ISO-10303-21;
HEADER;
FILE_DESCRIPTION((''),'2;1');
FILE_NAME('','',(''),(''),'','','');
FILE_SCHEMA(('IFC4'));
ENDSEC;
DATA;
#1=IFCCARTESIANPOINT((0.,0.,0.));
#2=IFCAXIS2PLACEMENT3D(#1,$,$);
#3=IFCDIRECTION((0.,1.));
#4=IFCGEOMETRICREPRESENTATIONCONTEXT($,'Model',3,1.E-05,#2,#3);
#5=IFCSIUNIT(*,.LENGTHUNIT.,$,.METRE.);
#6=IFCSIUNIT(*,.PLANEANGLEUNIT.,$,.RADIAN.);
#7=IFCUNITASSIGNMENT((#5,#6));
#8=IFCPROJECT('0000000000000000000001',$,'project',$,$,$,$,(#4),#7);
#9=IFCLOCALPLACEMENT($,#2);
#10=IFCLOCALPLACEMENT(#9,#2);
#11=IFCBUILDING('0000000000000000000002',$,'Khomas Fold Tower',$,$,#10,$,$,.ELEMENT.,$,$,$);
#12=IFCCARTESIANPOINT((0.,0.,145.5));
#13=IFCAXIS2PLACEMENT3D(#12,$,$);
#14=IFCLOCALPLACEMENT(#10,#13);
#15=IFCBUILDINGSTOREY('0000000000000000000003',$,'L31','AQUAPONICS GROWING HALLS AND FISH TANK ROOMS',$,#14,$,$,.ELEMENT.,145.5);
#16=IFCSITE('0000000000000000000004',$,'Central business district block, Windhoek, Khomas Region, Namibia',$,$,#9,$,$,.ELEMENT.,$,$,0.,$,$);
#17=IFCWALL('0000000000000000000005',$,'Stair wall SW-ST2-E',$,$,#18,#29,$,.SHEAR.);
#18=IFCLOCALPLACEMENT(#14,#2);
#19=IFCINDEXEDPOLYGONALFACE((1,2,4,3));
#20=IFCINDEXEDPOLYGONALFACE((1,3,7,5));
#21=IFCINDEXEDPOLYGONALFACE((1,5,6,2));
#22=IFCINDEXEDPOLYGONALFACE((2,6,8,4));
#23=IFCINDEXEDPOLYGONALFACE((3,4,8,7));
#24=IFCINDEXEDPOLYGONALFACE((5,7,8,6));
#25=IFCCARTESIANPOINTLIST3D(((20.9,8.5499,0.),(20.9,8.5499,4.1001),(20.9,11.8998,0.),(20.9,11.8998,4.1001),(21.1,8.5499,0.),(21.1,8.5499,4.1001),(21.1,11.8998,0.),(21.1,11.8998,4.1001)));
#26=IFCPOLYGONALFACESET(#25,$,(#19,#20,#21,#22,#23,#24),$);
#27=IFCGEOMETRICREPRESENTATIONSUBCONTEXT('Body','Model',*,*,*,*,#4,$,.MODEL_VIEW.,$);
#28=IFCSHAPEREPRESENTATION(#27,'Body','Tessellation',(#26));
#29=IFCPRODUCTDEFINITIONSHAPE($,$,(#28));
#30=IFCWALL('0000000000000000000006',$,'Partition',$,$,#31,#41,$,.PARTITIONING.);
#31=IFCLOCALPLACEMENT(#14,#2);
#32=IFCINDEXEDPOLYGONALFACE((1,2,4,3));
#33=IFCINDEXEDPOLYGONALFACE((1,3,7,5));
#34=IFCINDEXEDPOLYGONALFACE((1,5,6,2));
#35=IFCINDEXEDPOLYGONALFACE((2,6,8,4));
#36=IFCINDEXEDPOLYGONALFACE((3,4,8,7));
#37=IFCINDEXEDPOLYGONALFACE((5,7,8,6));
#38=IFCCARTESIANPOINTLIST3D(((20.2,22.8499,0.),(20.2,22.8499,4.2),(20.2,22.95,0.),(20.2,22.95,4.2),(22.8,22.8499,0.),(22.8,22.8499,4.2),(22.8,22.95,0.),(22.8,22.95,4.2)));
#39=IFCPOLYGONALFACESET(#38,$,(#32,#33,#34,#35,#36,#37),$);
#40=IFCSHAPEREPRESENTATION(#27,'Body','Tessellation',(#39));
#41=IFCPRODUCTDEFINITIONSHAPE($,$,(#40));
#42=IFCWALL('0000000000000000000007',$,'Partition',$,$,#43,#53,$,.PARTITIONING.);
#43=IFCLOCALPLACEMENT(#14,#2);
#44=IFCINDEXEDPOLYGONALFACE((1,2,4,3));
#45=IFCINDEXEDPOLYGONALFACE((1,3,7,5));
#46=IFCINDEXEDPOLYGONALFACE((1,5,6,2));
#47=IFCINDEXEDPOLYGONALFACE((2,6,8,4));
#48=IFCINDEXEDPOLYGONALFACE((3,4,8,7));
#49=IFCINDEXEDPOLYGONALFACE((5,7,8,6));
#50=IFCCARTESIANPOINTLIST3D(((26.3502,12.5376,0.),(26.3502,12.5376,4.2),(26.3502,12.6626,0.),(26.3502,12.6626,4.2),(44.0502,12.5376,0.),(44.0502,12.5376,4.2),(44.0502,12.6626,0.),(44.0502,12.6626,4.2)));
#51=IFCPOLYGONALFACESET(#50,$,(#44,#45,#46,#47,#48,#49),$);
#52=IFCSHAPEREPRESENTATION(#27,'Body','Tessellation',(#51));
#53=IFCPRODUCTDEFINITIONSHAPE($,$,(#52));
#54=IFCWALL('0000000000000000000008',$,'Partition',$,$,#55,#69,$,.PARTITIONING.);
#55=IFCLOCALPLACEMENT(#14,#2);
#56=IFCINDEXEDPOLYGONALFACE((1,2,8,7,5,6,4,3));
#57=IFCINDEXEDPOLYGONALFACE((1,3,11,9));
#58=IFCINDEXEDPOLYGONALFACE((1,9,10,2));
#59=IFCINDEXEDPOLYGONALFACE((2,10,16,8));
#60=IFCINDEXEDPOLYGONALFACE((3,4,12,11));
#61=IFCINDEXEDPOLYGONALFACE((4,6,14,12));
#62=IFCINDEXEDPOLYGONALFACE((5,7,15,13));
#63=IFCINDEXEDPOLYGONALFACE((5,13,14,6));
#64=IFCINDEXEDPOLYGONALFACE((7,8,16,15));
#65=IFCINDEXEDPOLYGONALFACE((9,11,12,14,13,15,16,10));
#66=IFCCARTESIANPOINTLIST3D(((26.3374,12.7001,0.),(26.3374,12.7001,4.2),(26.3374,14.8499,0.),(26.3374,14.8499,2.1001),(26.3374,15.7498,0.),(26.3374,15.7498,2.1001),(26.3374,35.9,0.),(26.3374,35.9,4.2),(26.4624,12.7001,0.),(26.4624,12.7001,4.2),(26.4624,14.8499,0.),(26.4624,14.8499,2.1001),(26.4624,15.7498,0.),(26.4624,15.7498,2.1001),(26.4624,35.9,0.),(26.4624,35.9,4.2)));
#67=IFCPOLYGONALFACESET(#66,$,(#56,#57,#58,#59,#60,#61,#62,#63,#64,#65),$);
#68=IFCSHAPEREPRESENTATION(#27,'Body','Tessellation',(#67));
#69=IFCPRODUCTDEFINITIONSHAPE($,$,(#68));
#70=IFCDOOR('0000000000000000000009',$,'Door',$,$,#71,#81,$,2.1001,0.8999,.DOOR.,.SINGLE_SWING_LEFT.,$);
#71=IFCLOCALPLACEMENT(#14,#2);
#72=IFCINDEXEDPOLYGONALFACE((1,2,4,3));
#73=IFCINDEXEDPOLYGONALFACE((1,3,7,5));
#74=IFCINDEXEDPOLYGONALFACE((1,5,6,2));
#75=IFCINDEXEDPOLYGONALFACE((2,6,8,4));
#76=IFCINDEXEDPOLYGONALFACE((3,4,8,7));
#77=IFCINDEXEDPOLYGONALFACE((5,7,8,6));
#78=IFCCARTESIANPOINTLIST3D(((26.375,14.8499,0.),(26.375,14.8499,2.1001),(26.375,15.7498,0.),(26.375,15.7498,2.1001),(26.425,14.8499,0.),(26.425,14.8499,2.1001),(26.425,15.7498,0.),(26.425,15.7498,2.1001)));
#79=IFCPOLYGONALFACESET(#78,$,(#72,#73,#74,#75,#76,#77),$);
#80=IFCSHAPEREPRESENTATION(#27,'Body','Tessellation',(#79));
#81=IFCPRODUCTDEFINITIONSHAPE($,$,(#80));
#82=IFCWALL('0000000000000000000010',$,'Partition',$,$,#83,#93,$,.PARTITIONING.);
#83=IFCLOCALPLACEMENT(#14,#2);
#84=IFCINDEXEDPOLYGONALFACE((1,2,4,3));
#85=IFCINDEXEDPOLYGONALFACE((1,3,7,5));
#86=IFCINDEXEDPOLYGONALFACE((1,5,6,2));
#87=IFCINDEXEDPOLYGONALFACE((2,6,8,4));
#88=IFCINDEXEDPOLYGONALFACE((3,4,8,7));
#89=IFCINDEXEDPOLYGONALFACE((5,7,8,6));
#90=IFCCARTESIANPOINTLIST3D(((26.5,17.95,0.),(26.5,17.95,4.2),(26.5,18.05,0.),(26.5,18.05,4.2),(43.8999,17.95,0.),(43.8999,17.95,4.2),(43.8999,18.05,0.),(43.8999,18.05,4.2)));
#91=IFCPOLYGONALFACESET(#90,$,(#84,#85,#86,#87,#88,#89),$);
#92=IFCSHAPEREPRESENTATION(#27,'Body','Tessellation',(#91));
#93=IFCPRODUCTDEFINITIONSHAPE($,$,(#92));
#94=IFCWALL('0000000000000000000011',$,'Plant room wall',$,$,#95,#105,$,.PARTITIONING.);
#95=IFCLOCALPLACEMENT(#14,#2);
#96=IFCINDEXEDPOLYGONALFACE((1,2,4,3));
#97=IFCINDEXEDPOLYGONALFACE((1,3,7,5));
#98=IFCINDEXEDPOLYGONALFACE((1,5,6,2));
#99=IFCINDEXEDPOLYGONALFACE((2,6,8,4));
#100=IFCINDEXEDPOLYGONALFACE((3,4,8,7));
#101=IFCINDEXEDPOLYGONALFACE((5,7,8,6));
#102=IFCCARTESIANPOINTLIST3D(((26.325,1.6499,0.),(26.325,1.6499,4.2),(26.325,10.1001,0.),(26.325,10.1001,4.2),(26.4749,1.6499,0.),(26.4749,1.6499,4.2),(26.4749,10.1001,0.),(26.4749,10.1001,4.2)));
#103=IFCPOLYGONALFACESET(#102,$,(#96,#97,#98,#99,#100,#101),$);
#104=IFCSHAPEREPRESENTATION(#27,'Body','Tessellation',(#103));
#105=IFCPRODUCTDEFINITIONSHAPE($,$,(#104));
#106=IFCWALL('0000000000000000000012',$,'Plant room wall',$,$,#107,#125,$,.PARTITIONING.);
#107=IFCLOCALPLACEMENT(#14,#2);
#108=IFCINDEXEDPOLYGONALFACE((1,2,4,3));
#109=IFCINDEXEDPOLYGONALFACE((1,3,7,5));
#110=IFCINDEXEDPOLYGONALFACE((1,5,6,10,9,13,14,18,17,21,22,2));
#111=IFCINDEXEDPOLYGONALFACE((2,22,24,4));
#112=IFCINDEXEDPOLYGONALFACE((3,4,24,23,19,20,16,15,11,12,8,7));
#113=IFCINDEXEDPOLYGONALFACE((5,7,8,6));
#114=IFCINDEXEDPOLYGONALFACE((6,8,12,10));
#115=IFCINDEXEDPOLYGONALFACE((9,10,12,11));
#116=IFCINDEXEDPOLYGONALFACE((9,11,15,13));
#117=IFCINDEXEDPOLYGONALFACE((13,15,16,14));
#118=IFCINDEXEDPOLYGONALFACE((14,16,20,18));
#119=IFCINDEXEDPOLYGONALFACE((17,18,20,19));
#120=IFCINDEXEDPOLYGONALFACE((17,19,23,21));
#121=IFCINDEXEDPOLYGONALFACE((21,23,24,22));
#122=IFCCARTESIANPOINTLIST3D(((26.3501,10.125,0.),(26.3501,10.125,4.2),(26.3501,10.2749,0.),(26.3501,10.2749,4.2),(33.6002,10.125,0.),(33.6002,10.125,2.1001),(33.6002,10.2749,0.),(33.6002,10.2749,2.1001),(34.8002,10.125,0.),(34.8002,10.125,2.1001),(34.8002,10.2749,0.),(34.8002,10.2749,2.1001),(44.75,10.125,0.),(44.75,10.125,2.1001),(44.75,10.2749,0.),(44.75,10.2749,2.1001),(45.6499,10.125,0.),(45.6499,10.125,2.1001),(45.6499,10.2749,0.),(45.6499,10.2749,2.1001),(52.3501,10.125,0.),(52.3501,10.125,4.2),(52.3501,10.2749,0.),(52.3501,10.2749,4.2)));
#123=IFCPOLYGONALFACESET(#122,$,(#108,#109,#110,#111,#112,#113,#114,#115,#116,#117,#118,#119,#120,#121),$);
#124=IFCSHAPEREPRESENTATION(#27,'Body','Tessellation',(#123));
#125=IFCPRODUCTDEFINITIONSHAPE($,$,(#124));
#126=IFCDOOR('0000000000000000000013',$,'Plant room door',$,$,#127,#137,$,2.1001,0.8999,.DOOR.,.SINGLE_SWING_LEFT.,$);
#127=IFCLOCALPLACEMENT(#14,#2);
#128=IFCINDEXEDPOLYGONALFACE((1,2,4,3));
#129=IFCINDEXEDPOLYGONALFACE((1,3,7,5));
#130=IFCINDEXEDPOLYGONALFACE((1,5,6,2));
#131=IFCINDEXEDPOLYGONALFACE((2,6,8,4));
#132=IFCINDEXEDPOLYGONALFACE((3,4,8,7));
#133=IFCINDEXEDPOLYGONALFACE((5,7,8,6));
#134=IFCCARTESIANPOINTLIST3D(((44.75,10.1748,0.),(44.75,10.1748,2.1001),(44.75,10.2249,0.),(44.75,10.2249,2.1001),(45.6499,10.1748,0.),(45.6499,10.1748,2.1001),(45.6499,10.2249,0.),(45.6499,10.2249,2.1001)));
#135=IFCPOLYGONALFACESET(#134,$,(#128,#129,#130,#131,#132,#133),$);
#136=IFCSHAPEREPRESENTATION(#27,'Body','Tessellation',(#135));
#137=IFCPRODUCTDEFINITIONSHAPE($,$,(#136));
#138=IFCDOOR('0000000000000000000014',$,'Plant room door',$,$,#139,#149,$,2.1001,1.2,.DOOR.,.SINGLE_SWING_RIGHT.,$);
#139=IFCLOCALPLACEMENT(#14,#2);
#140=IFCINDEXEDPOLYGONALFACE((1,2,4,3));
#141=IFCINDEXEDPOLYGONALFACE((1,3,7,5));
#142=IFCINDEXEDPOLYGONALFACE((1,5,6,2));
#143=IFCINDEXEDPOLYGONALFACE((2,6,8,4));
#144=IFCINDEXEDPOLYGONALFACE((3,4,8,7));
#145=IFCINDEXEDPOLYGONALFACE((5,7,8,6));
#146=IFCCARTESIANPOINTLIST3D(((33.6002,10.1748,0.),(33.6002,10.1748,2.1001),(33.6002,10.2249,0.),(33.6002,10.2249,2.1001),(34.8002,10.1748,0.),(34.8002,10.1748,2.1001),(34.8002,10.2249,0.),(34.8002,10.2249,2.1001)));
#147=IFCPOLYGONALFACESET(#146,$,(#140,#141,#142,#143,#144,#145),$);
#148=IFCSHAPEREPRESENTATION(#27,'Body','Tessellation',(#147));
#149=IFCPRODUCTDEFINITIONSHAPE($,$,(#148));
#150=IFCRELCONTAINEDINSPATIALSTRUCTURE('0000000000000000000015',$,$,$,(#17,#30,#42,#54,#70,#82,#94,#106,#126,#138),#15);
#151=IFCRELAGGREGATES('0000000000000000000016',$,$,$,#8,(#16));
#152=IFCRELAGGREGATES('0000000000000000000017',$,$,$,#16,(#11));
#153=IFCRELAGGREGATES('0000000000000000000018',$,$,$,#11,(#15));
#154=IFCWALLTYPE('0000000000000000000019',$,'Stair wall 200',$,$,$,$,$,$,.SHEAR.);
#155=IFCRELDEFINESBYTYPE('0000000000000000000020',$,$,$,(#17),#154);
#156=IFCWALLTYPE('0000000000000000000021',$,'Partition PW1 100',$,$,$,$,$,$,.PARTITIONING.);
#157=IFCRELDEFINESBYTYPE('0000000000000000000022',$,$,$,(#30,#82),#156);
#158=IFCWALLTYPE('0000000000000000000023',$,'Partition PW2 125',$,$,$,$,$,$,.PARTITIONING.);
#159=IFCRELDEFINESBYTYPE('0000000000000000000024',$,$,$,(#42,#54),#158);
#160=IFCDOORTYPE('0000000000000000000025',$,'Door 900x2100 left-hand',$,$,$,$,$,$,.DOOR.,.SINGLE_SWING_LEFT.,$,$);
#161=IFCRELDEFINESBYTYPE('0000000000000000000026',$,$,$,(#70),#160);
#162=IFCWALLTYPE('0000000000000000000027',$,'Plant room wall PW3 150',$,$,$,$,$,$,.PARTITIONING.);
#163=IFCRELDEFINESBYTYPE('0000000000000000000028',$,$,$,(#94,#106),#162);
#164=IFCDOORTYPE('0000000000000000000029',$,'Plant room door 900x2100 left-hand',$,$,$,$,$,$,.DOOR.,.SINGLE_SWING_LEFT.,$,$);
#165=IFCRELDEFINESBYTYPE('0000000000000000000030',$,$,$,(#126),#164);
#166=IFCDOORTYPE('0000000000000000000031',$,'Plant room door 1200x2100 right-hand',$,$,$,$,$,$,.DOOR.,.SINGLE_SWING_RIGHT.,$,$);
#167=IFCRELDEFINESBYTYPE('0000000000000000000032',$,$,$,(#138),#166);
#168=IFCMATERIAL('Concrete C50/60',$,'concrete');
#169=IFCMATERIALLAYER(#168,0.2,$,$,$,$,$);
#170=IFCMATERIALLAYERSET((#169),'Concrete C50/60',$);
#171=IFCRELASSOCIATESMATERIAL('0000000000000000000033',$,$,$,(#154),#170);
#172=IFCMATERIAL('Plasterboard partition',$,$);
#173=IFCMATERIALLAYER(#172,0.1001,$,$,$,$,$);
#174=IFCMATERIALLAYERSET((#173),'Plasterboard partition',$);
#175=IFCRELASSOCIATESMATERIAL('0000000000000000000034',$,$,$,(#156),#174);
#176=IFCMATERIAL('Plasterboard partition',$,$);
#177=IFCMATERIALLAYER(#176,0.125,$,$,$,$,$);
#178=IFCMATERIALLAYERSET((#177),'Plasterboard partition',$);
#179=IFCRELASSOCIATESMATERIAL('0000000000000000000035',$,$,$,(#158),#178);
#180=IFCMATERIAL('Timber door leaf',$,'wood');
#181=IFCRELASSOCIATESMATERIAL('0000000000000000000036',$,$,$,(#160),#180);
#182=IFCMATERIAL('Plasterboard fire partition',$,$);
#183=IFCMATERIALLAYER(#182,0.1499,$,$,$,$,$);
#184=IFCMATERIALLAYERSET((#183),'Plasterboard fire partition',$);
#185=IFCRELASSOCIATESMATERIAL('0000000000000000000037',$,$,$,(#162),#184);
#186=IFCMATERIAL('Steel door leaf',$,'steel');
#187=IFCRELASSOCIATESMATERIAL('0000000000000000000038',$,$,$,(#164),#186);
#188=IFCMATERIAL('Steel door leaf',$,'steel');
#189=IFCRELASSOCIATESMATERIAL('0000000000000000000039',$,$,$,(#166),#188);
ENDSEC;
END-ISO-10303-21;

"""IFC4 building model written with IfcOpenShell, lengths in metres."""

from ifc_helpers import new_model, si_unit, direction, frame, frame_2d, origin, place, context, subcontext, project, spatial, rectangle, extrude, source, transform, mapped, material, layer, layer_set, type_object, element, fill, save


model = new_model("IFC4")

# Units and contexts
model_context = context("Model", 3, precision=1e-05, world=origin(), true_north=direction((0.0, 1.0)))
body_context = subcontext(model_context, "Body", "Model", "MODEL_VIEW")
ifc_project = project(units=[si_unit("LENGTHUNIT", "METRE"), si_unit("PLANEANGLEUNIT", "RADIAN")], contexts=[model_context])

# Site, building, storey
site_placement = place(None, origin())
site = spatial("IfcSite", under=ifc_project, at=site_placement, Name="Central business district block, Windhoek, Khomas Region, Namibia", CompositionType="ELEMENT", RefElevation=0.0)
building_placement = place(site_placement, origin())
building = spatial("IfcBuilding", under=site, at=building_placement, Name="Khomas Fold Tower", CompositionType="ELEMENT")
storey_placement = place(building_placement, frame((0.0, 0.0, 145.5)))
storey = spatial("IfcBuildingStorey", under=building, at=storey_placement, Name="L31", Description="AQUAPONICS GROWING HALLS AND FISH TANK ROOMS", CompositionType="ELEMENT", Elevation=145.5)

# Walls
ifc_material_1 = material(Name="Concrete C50/60", Category="concrete")
ifc_layer_1 = layer(ifc_material_1, 0.2)
ifc_layer_set_1 = layer_set([ifc_layer_1], Name="Concrete C50/60")
wall_type_1 = type_object("IfcWallType", Name="Stair wall 200", PredefinedType="SHEAR", material=ifc_layer_set_1)
shared_shape_1 = source(origin(), body_context, "Body", "SweptSolid", [
    extrude(rectangle(XDim=3.3499, YDim=0.2, at=frame_2d((1.6748, 0.0))), origin(), (0.0, 0.0, 1.0), 4.1001),
])
wall_1_placement = place(storey_placement, frame((21.0, 8.55, 0.0), z_axis=(0.0, 0.0, 1.0), x_axis=(0.0, 1.0, 0.0)))
element("IfcWall", 1, at=wall_1_placement, inside=storey, type_object=wall_type_1, Name="Stair wall SW-ST2-E", PredefinedType="SHEAR", context=body_context, shape_type="MappedRepresentation", body=[
    mapped(shared_shape_1, transform((0.0, 0.0, 0.0))),
])
ifc_material_2 = material(Name="Plasterboard partition")
ifc_layer_2 = layer(ifc_material_2, 0.1001)
ifc_layer_set_2 = layer_set([ifc_layer_2], Name="Plasterboard partition")
wall_type_2 = type_object("IfcWallType", Name="Partition PW1 100", PredefinedType="PARTITIONING", material=ifc_layer_set_2)
shared_shape_2 = source(origin(), body_context, "Body", "SweptSolid", [
    extrude(rectangle(XDim=2.6001, YDim=0.1001, at=frame_2d((1.3, 0.0))), origin(), (0.0, 0.0, 1.0), 4.2),
])
wall_2_placement = place(storey_placement, frame((20.2, 22.8999, 0.0), z_axis=(0.0, 0.0, 1.0), x_axis=(1.0, 0.0, 0.0)))
element("IfcWall", 2, at=wall_2_placement, inside=storey, type_object=wall_type_2, Name="Partition", PredefinedType="PARTITIONING", context=body_context, shape_type="MappedRepresentation", body=[
    mapped(shared_shape_2, transform((0.0, 0.0, 0.0))),
])
ifc_material_3 = material(Name="Plasterboard partition")
ifc_layer_3 = layer(ifc_material_3, 0.125)
ifc_layer_set_3 = layer_set([ifc_layer_3], Name="Plasterboard partition")
wall_type_3 = type_object("IfcWallType", Name="Partition PW2 125", PredefinedType="PARTITIONING", material=ifc_layer_set_3)
shared_shape_3 = source(origin(), body_context, "Body", "SweptSolid", [
    extrude(rectangle(XDim=17.7, YDim=0.125, at=frame_2d((8.8501, 0.0))), origin(), (0.0, 0.0, 1.0), 4.2),
])
wall_3_placement = place(storey_placement, frame((26.3501, 12.6001, 0.0), z_axis=(0.0, 0.0, 1.0), x_axis=(1.0, 0.0, 0.0)))
element("IfcWall", 3, at=wall_3_placement, inside=storey, type_object=wall_type_3, Name="Partition", PredefinedType="PARTITIONING", context=body_context, shape_type="MappedRepresentation", body=[
    mapped(shared_shape_3, transform((0.0, 0.0, 0.0))),
])

# Wall, opening, door
shared_shape_4 = source(origin(), body_context, "Body", "SweptSolid", [
    extrude(rectangle(XDim=23.2, YDim=0.125, at=frame_2d((11.6001, 0.0))), origin(), (0.0, 0.0, 1.0), 4.2),
])
wall_4_placement = place(storey_placement, frame((26.3999, 12.7, 0.0), z_axis=(0.0, 0.0, 1.0), x_axis=(0.0, 1.0, 0.0)))
wall_4 = element("IfcWall", 4, at=wall_4_placement, inside=storey, type_object=wall_type_3, Name="Partition", PredefinedType="PARTITIONING", context=body_context, shape_type="MappedRepresentation", body=[
    mapped(shared_shape_4, transform((0.0, 0.0, 0.0))),
])
shared_shape_5 = source(origin(), body_context, "Body", "SweptSolid", [
    extrude(rectangle(XDim=0.8999, YDim=2.1001, at=frame_2d((0.45, 1.05))), frame((0.0, 0.0725, 0.0), z_axis=(0.0, -1.0, 0.0), x_axis=(1.0, 0.0, 0.0)), (0.0, 0.0, 1.0), 0.145),
])
opening_1_placement = place(wall_4_placement, frame((2.1499, 0.0, 0.0)))
opening_1 = element("IfcOpeningElement", 5, at=opening_1_placement, cuts=wall_4, PredefinedType="OPENING", context=body_context, shape_type="MappedRepresentation", body=[
    mapped(shared_shape_5, transform((0.0, 0.0, 0.0))),
])
ifc_material_4 = material(Name="Timber door leaf", Category="wood")
door_type_1 = type_object("IfcDoorType", Name="Door 900x2100 left-hand", OperationType="SINGLE_SWING_LEFT", PredefinedType="DOOR", material=ifc_material_4)
shared_shape_6 = source(origin(), body_context, "Body", "SweptSolid", [
    extrude(rectangle(XDim=0.8999, YDim=2.1001, at=frame_2d((0.45, 1.05))), frame((0.0, 0.0249, 0.0), z_axis=(0.0, -1.0, 0.0), x_axis=(1.0, 0.0, 0.0)), (0.0, 0.0, 1.0), 0.05),
])
door_1_placement = place(opening_1_placement, origin())
door_1 = element("IfcDoor", 6, at=door_1_placement, inside=storey, type_object=door_type_1, Name="Door", OperationType="SINGLE_SWING_LEFT", OverallHeight=2.1001, OverallWidth=0.8999, PredefinedType="DOOR", context=body_context, shape_type="MappedRepresentation", body=[
    mapped(shared_shape_6, transform((0.0, 0.0, 0.0))),
])
fill(opening_1, door_1)

# Walls
shared_shape_7 = source(origin(), body_context, "Body", "SweptSolid", [
    extrude(rectangle(XDim=17.3999, YDim=0.1001, at=frame_2d((8.7, 0.0))), origin(), (0.0, 0.0, 1.0), 4.2),
])
wall_5_placement = place(storey_placement, frame((26.5, 18.0, 0.0), z_axis=(0.0, 0.0, 1.0), x_axis=(1.0, 0.0, 0.0)))
element("IfcWall", 7, at=wall_5_placement, inside=storey, type_object=wall_type_2, Name="Partition", PredefinedType="PARTITIONING", context=body_context, shape_type="MappedRepresentation", body=[
    mapped(shared_shape_7, transform((0.0, 0.0, 0.0))),
])
ifc_material_5 = material(Name="Plasterboard fire partition")
ifc_layer_4 = layer(ifc_material_5, 0.1499)
ifc_layer_set_4 = layer_set([ifc_layer_4], Name="Plasterboard fire partition")
wall_type_4 = type_object("IfcWallType", Name="Plant room wall PW3 150", PredefinedType="PARTITIONING", material=ifc_layer_set_4)
shared_shape_8 = source(origin(), body_context, "Body", "SweptSolid", [
    extrude(rectangle(XDim=8.4502, YDim=0.1499, at=frame_2d((4.2251, 0.0))), origin(), (0.0, 0.0, 1.0), 4.2),
])
wall_6_placement = place(storey_placement, frame((26.3999, 1.6499, 0.0), z_axis=(0.0, 0.0, 1.0), x_axis=(0.0, 1.0, 0.0)))
element("IfcWall", 8, at=wall_6_placement, inside=storey, type_object=wall_type_4, Name="Plant room wall", PredefinedType="PARTITIONING", context=body_context, shape_type="MappedRepresentation", body=[
    mapped(shared_shape_8, transform((0.0, 0.0, 0.0))),
])

# Wall, openings, doors
shared_shape_9 = source(origin(), body_context, "Body", "SweptSolid", [
    extrude(rectangle(XDim=26.0, YDim=0.1499, at=frame_2d((13.0, 0.0))), origin(), (0.0, 0.0, 1.0), 4.2),
])
wall_7_placement = place(storey_placement, frame((26.3501, 10.2, 0.0), z_axis=(0.0, 0.0, 1.0), x_axis=(1.0, 0.0, 0.0)))
wall_7 = element("IfcWall", 9, at=wall_7_placement, inside=storey, type_object=wall_type_4, Name="Plant room wall", PredefinedType="PARTITIONING", context=body_context, shape_type="MappedRepresentation", body=[
    mapped(shared_shape_9, transform((0.0, 0.0, 0.0))),
])
shared_shape_10 = source(origin(), body_context, "Body", "SweptSolid", [
    extrude(rectangle(XDim=1.2, YDim=2.1001, at=frame_2d((0.6001, 1.05))), frame((0.0, 0.085, 0.0), z_axis=(0.0, -1.0, 0.0), x_axis=(1.0, 0.0, 0.0)), (0.0, 0.0, 1.0), 0.1699),
])
opening_2_placement = place(wall_7_placement, frame((7.25, 0.0, 0.0)))
opening_2 = element("IfcOpeningElement", 10, at=opening_2_placement, cuts=wall_7, PredefinedType="OPENING", context=body_context, shape_type="MappedRepresentation", body=[
    mapped(shared_shape_10, transform((0.0, 0.0, 0.0))),
])
shared_shape_11 = source(origin(), body_context, "Body", "SweptSolid", [
    extrude(rectangle(XDim=0.8999, YDim=2.1001, at=frame_2d((0.45, 1.05))), frame((0.0, 0.085, 0.0), z_axis=(0.0, -1.0, 0.0), x_axis=(1.0, 0.0, 0.0)), (0.0, 0.0, 1.0), 0.1699),
])
opening_3_placement = place(wall_7_placement, frame((18.3999, 0.0, 0.0)))
opening_3 = element("IfcOpeningElement", 11, at=opening_3_placement, cuts=wall_7, PredefinedType="OPENING", context=body_context, shape_type="MappedRepresentation", body=[
    mapped(shared_shape_11, transform((0.0, 0.0, 0.0))),
])
ifc_material_6 = material(Name="Steel door leaf", Category="steel")
door_type_2 = type_object("IfcDoorType", Name="Plant room door 900x2100 left-hand", OperationType="SINGLE_SWING_LEFT", PredefinedType="DOOR", material=ifc_material_6)
door_2_placement = place(opening_3_placement, origin())
door_2 = element("IfcDoor", 12, at=door_2_placement, inside=storey, type_object=door_type_2, Name="Plant room door", OperationType="SINGLE_SWING_LEFT", OverallHeight=2.1001, OverallWidth=0.8999, PredefinedType="DOOR", context=body_context, shape_type="MappedRepresentation", body=[
    mapped(shared_shape_6, transform((0.0, 0.0, 0.0))),
])
fill(opening_3, door_2)
ifc_material_7 = material(Name="Steel door leaf", Category="steel")
door_type_3 = type_object("IfcDoorType", Name="Plant room door 1200x2100 right-hand", OperationType="SINGLE_SWING_RIGHT", PredefinedType="DOOR", material=ifc_material_7)
shared_shape_12 = source(origin(), body_context, "Body", "SweptSolid", [
    extrude(rectangle(XDim=1.2, YDim=2.1001, at=frame_2d((0.6001, 1.05))), frame((0.0, 0.0249, 0.0), z_axis=(0.0, -1.0, 0.0), x_axis=(1.0, 0.0, 0.0)), (0.0, 0.0, 1.0), 0.05),
])
door_3_placement = place(opening_2_placement, origin())
door_3 = element("IfcDoor", 13, at=door_3_placement, inside=storey, type_object=door_type_3, Name="Plant room door", OperationType="SINGLE_SWING_RIGHT", OverallHeight=2.1001, OverallWidth=1.2, PredefinedType="DOOR", context=body_context, shape_type="MappedRepresentation", body=[
    mapped(shared_shape_12, transform((0.0, 0.0, 0.0))),
])
fill(opening_2, door_3)

save(model, "model.ifc")
